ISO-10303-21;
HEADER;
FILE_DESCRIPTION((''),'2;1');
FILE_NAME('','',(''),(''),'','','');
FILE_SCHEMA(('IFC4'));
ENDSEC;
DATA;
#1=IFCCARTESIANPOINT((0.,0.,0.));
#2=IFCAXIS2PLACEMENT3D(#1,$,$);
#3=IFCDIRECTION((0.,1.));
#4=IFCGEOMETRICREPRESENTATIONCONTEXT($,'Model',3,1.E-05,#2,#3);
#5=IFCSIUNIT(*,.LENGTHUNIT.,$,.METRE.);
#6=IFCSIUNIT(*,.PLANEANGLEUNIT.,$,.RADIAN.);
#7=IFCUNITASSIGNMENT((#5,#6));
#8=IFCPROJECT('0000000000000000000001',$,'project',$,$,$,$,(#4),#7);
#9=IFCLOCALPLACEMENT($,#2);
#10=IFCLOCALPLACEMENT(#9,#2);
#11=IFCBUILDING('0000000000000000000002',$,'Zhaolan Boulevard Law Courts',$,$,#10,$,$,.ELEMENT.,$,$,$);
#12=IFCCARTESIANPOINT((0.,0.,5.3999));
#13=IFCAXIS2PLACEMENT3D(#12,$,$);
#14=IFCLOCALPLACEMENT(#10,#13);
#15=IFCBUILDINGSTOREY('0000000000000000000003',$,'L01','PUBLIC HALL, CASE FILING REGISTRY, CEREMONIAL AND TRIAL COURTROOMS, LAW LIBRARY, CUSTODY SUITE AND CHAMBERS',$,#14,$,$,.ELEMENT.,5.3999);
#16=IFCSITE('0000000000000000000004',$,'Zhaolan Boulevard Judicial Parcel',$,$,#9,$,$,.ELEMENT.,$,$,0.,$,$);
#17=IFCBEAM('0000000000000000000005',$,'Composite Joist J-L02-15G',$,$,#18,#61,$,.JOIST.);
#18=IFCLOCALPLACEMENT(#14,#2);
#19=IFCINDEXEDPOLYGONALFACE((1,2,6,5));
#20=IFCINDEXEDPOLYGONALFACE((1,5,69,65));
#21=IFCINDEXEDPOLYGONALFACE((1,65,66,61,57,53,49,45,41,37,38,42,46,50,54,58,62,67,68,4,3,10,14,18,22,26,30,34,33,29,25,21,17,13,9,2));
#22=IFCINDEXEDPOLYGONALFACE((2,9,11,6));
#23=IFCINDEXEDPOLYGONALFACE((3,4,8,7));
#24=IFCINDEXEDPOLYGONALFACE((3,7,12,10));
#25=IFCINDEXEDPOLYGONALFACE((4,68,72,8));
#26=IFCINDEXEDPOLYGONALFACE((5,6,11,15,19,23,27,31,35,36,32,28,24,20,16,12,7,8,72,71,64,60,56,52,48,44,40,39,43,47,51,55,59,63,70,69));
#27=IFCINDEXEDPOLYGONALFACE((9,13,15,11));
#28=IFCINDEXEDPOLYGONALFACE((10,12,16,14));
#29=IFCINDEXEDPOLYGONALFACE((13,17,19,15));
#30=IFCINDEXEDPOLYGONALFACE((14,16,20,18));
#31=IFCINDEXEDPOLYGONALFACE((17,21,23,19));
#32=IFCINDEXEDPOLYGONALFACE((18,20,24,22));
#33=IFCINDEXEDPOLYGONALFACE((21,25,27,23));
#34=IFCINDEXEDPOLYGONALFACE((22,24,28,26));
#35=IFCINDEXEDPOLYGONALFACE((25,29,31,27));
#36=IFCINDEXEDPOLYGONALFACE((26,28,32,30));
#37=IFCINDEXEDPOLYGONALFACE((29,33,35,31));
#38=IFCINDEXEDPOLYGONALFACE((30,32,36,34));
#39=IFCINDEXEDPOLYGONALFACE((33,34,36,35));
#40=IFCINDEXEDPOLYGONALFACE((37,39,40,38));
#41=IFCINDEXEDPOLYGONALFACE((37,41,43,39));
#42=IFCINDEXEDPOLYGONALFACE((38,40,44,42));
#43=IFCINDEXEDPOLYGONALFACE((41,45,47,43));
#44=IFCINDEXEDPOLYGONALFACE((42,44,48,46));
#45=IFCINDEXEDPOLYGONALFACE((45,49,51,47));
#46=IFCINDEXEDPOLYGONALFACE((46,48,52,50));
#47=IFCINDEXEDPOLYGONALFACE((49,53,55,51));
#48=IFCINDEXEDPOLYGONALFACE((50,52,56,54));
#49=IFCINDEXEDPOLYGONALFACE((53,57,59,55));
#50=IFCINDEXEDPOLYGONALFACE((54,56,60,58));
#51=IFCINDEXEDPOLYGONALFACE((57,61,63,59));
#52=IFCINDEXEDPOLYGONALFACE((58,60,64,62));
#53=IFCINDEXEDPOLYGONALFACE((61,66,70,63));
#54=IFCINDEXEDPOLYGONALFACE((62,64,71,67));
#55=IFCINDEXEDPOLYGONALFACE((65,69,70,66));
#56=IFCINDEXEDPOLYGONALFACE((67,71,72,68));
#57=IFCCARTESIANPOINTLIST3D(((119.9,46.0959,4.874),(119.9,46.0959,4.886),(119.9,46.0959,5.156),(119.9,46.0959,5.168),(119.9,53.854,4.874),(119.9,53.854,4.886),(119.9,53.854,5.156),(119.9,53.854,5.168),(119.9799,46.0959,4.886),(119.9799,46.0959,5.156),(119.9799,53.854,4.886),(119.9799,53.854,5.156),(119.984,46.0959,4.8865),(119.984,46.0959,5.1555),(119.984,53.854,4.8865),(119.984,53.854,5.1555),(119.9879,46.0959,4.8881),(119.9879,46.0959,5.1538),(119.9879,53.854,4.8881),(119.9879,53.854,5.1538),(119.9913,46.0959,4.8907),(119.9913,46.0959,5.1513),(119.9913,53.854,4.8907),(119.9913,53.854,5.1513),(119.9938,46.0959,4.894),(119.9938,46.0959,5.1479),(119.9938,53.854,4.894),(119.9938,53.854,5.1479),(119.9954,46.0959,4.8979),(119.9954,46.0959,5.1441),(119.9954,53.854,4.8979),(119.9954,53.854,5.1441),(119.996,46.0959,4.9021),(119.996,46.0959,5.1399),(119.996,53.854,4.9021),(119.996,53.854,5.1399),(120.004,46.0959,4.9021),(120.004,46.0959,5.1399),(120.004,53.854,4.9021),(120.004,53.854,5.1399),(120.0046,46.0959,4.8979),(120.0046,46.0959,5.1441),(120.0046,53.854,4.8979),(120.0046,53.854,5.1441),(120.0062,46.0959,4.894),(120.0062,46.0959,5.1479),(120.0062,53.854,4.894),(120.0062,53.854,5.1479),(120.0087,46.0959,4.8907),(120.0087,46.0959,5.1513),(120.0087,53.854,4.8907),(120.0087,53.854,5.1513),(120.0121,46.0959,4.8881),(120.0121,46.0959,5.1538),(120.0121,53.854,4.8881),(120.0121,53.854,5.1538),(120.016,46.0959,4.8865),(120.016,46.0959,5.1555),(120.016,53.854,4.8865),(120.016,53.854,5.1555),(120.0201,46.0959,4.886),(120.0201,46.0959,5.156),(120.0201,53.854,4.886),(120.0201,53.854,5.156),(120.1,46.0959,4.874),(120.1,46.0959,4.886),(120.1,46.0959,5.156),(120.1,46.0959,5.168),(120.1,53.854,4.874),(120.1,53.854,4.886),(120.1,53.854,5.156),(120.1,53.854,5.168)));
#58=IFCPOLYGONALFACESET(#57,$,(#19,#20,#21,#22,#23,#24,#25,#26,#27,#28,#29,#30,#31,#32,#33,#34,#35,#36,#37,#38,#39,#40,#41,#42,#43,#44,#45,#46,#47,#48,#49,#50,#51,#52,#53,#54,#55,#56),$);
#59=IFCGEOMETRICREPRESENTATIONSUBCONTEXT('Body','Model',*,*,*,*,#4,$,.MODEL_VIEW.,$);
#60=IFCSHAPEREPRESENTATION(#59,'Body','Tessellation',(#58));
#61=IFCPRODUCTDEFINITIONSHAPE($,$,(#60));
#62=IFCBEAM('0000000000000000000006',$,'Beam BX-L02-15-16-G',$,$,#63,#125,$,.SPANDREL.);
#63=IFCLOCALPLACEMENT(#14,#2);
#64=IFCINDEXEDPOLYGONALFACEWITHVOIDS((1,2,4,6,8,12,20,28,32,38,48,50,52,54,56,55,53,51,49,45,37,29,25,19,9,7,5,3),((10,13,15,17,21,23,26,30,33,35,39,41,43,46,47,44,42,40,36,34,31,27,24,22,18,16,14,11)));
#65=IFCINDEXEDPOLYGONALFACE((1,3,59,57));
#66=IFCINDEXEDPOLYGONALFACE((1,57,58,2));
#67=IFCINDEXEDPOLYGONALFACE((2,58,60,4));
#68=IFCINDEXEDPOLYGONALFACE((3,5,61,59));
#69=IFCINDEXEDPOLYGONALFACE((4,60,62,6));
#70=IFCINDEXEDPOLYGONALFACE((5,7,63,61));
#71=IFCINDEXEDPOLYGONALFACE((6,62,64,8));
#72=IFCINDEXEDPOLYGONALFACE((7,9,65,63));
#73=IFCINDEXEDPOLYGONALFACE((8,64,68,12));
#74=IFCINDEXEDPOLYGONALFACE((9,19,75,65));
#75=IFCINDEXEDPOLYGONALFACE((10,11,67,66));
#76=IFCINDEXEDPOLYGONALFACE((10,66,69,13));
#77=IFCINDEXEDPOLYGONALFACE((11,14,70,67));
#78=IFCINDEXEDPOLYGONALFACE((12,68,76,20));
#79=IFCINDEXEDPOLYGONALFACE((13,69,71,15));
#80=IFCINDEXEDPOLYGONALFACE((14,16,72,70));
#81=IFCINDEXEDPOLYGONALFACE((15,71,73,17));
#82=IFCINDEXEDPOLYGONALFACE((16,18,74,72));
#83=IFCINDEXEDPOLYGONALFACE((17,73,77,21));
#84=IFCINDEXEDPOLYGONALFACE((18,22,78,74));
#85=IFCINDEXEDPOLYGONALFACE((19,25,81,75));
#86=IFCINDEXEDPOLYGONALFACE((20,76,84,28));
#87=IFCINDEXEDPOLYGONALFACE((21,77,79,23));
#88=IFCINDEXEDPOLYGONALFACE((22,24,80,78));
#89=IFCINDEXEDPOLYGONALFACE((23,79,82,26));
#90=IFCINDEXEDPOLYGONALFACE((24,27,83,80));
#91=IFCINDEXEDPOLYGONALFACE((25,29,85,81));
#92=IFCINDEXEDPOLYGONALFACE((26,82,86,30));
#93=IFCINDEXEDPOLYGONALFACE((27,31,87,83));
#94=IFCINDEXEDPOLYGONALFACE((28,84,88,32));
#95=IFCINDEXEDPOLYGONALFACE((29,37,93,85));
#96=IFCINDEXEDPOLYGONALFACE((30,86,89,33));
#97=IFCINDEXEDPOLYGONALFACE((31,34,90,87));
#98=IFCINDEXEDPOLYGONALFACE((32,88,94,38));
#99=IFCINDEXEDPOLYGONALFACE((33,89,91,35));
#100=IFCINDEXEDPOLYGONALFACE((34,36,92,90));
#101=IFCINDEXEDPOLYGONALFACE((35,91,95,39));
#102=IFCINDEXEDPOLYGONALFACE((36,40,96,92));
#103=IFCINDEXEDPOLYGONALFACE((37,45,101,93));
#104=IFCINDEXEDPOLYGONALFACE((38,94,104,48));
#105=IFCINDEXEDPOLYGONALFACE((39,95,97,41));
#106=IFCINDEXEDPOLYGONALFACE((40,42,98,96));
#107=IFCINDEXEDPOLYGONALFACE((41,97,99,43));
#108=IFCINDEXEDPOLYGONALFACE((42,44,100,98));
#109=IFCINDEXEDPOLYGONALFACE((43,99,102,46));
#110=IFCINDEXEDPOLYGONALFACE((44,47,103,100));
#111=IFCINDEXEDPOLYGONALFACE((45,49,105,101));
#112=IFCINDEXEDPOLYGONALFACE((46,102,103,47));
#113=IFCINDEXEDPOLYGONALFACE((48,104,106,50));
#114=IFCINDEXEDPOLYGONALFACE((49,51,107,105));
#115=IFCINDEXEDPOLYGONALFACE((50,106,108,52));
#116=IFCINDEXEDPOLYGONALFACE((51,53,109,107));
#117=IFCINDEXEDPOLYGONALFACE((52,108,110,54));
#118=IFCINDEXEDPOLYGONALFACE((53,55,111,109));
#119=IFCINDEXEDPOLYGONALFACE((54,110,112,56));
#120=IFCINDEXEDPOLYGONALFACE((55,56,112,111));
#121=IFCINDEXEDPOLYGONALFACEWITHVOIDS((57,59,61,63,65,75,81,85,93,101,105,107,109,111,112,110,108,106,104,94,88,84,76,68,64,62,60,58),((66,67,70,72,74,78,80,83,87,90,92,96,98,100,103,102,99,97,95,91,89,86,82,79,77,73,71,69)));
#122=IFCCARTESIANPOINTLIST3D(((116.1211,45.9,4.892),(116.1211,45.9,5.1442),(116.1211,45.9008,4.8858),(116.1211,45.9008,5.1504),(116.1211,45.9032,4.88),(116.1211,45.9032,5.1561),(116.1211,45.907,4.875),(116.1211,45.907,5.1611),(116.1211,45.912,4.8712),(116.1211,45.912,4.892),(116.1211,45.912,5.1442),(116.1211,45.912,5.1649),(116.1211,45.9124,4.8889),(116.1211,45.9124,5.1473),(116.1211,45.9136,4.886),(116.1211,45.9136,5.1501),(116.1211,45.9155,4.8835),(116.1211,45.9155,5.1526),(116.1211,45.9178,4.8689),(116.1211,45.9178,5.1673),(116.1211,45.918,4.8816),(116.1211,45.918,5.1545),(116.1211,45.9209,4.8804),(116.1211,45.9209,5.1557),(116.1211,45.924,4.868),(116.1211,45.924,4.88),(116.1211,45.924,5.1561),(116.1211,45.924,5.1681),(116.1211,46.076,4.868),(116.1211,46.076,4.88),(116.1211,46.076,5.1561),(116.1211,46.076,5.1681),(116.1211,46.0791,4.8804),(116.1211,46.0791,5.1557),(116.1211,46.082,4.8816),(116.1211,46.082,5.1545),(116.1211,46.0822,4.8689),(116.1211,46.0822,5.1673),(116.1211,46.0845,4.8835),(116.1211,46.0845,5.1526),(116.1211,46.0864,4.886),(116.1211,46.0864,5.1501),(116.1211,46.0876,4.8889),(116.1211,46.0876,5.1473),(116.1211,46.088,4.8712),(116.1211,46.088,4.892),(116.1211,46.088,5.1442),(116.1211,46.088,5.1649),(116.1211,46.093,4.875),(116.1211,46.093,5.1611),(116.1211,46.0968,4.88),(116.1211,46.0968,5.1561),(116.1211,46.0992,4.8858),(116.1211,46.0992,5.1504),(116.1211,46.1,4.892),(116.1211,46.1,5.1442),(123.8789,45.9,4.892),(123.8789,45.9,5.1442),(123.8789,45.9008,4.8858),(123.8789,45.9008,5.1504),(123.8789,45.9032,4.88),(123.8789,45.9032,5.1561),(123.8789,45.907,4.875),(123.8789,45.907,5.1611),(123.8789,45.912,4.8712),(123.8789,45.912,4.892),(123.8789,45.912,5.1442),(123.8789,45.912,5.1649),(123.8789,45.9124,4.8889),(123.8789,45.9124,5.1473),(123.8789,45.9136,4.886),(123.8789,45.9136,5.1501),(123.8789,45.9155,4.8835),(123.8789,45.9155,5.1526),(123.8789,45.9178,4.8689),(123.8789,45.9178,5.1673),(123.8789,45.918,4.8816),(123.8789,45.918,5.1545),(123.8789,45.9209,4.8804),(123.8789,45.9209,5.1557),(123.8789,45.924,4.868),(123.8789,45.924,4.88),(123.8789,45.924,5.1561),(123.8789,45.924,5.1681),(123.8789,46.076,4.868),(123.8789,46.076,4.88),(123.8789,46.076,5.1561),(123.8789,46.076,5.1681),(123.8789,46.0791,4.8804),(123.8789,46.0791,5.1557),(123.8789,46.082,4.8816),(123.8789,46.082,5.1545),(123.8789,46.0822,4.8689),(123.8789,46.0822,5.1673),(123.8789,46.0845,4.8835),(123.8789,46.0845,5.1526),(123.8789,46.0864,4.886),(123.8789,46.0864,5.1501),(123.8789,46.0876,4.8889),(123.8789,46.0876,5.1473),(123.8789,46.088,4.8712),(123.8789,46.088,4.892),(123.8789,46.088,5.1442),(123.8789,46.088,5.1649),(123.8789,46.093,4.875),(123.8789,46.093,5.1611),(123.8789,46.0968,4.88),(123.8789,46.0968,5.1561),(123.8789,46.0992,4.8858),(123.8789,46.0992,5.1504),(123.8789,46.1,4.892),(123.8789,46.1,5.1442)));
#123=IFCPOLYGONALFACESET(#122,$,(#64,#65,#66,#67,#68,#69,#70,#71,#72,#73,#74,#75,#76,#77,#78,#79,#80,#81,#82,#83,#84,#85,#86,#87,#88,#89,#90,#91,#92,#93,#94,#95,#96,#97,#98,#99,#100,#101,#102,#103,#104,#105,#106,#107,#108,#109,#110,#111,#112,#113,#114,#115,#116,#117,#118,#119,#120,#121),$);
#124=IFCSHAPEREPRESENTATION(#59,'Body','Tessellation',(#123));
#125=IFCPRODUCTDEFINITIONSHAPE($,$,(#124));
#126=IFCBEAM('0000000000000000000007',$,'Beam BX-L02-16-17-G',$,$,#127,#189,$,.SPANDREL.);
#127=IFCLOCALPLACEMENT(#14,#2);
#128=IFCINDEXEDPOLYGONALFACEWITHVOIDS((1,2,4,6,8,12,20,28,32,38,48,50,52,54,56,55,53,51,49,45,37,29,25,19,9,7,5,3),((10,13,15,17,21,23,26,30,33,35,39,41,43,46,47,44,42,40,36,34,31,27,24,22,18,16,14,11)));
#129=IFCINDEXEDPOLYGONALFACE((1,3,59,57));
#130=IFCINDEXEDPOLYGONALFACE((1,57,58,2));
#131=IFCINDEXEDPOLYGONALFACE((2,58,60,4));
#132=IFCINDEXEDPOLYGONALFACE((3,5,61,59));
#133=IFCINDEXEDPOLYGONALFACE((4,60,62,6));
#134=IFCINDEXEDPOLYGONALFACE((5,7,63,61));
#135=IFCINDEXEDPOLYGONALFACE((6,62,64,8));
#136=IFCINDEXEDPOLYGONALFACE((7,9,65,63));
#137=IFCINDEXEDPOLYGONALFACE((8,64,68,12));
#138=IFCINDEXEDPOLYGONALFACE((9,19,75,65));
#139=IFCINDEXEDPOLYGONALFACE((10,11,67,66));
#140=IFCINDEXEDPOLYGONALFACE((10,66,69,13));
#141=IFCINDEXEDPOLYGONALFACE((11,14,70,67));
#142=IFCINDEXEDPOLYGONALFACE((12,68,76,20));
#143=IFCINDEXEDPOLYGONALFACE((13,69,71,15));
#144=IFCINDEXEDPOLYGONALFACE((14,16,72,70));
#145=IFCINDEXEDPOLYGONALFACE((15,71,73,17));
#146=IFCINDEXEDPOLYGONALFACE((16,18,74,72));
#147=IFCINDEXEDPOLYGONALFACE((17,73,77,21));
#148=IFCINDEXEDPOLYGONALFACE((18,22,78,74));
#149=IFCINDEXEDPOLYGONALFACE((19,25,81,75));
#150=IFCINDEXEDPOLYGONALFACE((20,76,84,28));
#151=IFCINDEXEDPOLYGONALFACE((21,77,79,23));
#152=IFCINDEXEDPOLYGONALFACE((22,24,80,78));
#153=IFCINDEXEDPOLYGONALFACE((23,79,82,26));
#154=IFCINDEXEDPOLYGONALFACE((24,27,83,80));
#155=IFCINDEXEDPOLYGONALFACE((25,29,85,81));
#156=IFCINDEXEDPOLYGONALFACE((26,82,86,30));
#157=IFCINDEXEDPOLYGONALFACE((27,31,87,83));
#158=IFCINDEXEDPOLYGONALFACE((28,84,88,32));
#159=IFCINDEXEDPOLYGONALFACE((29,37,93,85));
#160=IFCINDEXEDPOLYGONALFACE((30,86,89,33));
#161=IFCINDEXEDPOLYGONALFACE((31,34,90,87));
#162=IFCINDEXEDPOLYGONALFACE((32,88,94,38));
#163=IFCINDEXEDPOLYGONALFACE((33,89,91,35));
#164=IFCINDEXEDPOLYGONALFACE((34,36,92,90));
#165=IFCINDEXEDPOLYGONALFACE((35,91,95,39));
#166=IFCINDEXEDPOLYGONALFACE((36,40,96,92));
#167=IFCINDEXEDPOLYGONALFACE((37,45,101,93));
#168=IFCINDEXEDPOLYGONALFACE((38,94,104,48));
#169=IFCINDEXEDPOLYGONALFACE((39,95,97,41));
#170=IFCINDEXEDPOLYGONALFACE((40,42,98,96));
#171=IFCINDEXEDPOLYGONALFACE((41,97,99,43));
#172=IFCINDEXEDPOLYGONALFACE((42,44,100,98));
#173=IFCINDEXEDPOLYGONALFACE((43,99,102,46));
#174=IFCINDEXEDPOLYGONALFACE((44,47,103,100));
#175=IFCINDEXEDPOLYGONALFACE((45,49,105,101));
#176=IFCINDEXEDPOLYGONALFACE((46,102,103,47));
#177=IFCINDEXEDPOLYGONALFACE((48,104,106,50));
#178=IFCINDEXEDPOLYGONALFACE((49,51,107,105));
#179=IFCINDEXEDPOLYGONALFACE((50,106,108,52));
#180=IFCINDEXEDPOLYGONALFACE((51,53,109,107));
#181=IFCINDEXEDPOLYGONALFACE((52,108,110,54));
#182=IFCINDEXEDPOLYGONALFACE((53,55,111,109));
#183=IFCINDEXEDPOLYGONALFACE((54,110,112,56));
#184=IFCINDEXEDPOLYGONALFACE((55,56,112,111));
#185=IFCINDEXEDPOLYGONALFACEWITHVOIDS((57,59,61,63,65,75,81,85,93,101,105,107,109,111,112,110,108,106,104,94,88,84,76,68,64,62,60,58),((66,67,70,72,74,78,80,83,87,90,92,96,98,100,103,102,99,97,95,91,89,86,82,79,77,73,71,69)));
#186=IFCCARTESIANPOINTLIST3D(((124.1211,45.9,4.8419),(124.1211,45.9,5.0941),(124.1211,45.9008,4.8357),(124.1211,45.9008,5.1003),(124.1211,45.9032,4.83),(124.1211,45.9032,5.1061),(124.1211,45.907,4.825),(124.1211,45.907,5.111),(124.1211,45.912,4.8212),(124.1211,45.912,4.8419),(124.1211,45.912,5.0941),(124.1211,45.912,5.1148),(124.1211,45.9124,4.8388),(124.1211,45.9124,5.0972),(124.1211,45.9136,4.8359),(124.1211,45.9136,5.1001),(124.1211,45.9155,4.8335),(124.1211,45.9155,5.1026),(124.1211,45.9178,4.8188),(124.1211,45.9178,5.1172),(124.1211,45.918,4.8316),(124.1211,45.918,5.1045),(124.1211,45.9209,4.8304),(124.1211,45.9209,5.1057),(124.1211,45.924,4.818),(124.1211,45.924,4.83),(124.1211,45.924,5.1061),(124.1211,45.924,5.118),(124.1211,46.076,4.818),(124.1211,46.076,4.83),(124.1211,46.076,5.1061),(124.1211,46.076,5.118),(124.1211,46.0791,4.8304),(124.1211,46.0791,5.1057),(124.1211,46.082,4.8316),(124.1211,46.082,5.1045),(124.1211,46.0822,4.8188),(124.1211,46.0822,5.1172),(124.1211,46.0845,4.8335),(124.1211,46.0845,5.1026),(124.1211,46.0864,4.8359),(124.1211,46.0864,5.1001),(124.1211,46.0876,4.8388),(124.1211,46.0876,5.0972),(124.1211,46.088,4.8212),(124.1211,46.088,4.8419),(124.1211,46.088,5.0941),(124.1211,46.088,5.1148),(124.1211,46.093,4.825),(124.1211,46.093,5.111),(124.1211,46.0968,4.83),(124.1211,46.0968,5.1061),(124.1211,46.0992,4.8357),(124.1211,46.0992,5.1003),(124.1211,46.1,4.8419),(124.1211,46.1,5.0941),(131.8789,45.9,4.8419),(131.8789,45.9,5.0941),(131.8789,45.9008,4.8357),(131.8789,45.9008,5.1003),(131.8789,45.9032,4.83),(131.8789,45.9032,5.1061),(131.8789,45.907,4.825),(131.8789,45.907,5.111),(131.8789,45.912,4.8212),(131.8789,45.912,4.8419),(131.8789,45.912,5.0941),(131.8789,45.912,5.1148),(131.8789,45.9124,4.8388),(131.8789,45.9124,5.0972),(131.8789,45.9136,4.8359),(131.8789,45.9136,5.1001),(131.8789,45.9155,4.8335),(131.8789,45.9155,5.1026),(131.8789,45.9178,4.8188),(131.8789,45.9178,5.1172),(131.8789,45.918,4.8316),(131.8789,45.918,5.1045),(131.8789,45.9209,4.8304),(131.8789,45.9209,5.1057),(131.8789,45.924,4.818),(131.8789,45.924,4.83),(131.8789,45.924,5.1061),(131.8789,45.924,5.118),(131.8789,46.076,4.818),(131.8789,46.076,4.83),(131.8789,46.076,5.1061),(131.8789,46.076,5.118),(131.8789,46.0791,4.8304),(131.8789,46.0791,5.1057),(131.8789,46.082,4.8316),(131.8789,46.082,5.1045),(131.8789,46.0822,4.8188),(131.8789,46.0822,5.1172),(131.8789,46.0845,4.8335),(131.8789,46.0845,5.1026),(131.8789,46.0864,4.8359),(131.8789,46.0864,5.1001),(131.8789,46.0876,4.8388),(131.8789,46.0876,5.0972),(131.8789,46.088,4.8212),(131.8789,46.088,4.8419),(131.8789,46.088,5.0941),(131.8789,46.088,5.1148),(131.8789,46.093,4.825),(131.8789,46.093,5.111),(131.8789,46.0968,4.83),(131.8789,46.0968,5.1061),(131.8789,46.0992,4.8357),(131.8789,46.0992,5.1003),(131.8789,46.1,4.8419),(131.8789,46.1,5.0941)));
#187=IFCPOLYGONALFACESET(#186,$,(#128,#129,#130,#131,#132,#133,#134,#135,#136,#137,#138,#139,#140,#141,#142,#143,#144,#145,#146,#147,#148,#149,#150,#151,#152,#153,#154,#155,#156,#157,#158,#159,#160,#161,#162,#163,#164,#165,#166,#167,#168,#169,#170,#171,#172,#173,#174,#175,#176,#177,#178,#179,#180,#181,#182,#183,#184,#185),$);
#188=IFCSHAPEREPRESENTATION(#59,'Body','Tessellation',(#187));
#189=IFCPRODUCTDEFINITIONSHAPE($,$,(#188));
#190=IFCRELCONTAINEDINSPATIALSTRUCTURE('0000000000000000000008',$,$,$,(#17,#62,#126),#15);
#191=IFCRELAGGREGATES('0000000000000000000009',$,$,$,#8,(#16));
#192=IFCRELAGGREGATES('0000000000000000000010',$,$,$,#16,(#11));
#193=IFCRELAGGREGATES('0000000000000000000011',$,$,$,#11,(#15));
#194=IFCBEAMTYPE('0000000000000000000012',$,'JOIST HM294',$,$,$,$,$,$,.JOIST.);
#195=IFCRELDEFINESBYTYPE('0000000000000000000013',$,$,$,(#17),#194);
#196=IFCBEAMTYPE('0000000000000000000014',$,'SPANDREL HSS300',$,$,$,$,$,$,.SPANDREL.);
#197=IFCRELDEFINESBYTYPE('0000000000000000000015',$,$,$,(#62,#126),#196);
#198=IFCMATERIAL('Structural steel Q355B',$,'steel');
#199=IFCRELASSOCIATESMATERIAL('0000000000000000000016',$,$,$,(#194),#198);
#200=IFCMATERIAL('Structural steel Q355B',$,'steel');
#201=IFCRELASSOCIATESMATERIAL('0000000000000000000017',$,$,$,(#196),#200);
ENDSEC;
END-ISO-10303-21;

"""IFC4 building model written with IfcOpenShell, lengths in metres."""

from ifc_helpers import new_model, si_unit, direction, frame, origin, origin_2d, place, context, subcontext, project, spatial, hollow_rectangle, i_section, extrude, material, material_profile, profile_set, type_object, element, save


model = new_model("IFC4")

# Units and contexts
model_context = context("Model", 3, precision=1e-05, world=origin(), true_north=direction((0.0, 1.0)))
body_context = subcontext(model_context, "Body", "Model", "MODEL_VIEW")
ifc_project = project(units=[si_unit("LENGTHUNIT", "METRE"), si_unit("PLANEANGLEUNIT", "RADIAN")], contexts=[model_context])

# Site, building, storey
site_placement = place(None, origin())
site = spatial("IfcSite", under=ifc_project, at=site_placement, Name="Zhaolan Boulevard Judicial Parcel", CompositionType="ELEMENT", RefElevation=0.0)
building_placement = place(site_placement, origin())
building = spatial("IfcBuilding", under=site, at=building_placement, Name="Zhaolan Boulevard Law Courts", CompositionType="ELEMENT")
storey_placement = place(building_placement, frame((0.0, 0.0, 5.3999)))
storey = spatial("IfcBuildingStorey", under=building, at=storey_placement, Name="L01", Description="PUBLIC HALL, CASE FILING REGISTRY, CEREMONIAL AND TRIAL COURTROOMS, LAW LIBRARY, CUSTODY SUITE AND CHAMBERS", CompositionType="ELEMENT", Elevation=5.3999)

# Beams
ifc_material_1 = material(Name="Structural steel Q355B", Category="steel")
ifc_material_profile_1 = material_profile(ifc_material_1, i_section(OverallWidth=0.2, OverallDepth=0.2939, WebThickness=0.0081, FlangeThickness=0.012, FilletRadius=0.0161, at=origin_2d()), Name="HM294x200")
ifc_profile_set_1 = profile_set([ifc_material_profile_1], Name="Structural steel Q355B")
beam_type_1 = type_object("IfcBeamType", Name="JOIST HM294", PredefinedType="JOIST", material=ifc_profile_set_1)
beam_1_placement = place(storey_placement, frame((120.0, 46.0959, 5.021), z_axis=(0.0, 1.0, 0.0), x_axis=(-1.0, 0.0, 0.0)))
element("IfcBeam", 1, at=beam_1_placement, inside=storey, type_object=beam_type_1, Name="Composite Joist J-L02-15G", PredefinedType="JOIST", context=body_context, shape_type="SweptSolid", body=[
    extrude(i_section(OverallWidth=0.2, OverallDepth=0.2939, WebThickness=0.0081, FlangeThickness=0.012, FilletRadius=0.0161, at=origin_2d()), origin(), (0.0, 0.0, 1.0), 7.7581),
])
ifc_material_2 = material(Name="Structural steel Q355B", Category="steel")
ifc_material_profile_2 = material_profile(ifc_material_2, hollow_rectangle(XDim=0.2, YDim=0.3, WallThickness=0.012, InnerFilletRadius=0.012, OuterFilletRadius=0.0239, at=origin_2d()), Name="HSS300x200x12")
ifc_profile_set_2 = profile_set([ifc_material_profile_2], Name="Structural steel Q355B")
beam_type_2 = type_object("IfcBeamType", Name="SPANDREL HSS300", PredefinedType="SPANDREL", material=ifc_profile_set_2)
for number, where, z_axis, x_axis, name in (
    (2, (116.1211, 46.0, 5.0181), (1.0, 0.0, 0.0), (0.0, 1.0, 0.0), "Beam BX-L02-15-16-G"),
    (3, (124.1211, 46.0, 4.968), (1.0, 0.0, 0.0), (0.0, 1.0, 0.0), "Beam BX-L02-16-17-G"),
):
    element("IfcBeam", number, at=place(storey_placement, frame(where, z_axis=z_axis, x_axis=x_axis)), inside=storey, type_object=beam_type_2, Name=name, PredefinedType="SPANDREL", context=body_context, shape_type="SweptSolid", body=[
        extrude(hollow_rectangle(XDim=0.2, YDim=0.3, WallThickness=0.012, InnerFilletRadius=0.012, OuterFilletRadius=0.0239, at=origin_2d()), origin(), (0.0, 0.0, 1.0), 7.7578),
    ])

save(model, "model.ifc")
